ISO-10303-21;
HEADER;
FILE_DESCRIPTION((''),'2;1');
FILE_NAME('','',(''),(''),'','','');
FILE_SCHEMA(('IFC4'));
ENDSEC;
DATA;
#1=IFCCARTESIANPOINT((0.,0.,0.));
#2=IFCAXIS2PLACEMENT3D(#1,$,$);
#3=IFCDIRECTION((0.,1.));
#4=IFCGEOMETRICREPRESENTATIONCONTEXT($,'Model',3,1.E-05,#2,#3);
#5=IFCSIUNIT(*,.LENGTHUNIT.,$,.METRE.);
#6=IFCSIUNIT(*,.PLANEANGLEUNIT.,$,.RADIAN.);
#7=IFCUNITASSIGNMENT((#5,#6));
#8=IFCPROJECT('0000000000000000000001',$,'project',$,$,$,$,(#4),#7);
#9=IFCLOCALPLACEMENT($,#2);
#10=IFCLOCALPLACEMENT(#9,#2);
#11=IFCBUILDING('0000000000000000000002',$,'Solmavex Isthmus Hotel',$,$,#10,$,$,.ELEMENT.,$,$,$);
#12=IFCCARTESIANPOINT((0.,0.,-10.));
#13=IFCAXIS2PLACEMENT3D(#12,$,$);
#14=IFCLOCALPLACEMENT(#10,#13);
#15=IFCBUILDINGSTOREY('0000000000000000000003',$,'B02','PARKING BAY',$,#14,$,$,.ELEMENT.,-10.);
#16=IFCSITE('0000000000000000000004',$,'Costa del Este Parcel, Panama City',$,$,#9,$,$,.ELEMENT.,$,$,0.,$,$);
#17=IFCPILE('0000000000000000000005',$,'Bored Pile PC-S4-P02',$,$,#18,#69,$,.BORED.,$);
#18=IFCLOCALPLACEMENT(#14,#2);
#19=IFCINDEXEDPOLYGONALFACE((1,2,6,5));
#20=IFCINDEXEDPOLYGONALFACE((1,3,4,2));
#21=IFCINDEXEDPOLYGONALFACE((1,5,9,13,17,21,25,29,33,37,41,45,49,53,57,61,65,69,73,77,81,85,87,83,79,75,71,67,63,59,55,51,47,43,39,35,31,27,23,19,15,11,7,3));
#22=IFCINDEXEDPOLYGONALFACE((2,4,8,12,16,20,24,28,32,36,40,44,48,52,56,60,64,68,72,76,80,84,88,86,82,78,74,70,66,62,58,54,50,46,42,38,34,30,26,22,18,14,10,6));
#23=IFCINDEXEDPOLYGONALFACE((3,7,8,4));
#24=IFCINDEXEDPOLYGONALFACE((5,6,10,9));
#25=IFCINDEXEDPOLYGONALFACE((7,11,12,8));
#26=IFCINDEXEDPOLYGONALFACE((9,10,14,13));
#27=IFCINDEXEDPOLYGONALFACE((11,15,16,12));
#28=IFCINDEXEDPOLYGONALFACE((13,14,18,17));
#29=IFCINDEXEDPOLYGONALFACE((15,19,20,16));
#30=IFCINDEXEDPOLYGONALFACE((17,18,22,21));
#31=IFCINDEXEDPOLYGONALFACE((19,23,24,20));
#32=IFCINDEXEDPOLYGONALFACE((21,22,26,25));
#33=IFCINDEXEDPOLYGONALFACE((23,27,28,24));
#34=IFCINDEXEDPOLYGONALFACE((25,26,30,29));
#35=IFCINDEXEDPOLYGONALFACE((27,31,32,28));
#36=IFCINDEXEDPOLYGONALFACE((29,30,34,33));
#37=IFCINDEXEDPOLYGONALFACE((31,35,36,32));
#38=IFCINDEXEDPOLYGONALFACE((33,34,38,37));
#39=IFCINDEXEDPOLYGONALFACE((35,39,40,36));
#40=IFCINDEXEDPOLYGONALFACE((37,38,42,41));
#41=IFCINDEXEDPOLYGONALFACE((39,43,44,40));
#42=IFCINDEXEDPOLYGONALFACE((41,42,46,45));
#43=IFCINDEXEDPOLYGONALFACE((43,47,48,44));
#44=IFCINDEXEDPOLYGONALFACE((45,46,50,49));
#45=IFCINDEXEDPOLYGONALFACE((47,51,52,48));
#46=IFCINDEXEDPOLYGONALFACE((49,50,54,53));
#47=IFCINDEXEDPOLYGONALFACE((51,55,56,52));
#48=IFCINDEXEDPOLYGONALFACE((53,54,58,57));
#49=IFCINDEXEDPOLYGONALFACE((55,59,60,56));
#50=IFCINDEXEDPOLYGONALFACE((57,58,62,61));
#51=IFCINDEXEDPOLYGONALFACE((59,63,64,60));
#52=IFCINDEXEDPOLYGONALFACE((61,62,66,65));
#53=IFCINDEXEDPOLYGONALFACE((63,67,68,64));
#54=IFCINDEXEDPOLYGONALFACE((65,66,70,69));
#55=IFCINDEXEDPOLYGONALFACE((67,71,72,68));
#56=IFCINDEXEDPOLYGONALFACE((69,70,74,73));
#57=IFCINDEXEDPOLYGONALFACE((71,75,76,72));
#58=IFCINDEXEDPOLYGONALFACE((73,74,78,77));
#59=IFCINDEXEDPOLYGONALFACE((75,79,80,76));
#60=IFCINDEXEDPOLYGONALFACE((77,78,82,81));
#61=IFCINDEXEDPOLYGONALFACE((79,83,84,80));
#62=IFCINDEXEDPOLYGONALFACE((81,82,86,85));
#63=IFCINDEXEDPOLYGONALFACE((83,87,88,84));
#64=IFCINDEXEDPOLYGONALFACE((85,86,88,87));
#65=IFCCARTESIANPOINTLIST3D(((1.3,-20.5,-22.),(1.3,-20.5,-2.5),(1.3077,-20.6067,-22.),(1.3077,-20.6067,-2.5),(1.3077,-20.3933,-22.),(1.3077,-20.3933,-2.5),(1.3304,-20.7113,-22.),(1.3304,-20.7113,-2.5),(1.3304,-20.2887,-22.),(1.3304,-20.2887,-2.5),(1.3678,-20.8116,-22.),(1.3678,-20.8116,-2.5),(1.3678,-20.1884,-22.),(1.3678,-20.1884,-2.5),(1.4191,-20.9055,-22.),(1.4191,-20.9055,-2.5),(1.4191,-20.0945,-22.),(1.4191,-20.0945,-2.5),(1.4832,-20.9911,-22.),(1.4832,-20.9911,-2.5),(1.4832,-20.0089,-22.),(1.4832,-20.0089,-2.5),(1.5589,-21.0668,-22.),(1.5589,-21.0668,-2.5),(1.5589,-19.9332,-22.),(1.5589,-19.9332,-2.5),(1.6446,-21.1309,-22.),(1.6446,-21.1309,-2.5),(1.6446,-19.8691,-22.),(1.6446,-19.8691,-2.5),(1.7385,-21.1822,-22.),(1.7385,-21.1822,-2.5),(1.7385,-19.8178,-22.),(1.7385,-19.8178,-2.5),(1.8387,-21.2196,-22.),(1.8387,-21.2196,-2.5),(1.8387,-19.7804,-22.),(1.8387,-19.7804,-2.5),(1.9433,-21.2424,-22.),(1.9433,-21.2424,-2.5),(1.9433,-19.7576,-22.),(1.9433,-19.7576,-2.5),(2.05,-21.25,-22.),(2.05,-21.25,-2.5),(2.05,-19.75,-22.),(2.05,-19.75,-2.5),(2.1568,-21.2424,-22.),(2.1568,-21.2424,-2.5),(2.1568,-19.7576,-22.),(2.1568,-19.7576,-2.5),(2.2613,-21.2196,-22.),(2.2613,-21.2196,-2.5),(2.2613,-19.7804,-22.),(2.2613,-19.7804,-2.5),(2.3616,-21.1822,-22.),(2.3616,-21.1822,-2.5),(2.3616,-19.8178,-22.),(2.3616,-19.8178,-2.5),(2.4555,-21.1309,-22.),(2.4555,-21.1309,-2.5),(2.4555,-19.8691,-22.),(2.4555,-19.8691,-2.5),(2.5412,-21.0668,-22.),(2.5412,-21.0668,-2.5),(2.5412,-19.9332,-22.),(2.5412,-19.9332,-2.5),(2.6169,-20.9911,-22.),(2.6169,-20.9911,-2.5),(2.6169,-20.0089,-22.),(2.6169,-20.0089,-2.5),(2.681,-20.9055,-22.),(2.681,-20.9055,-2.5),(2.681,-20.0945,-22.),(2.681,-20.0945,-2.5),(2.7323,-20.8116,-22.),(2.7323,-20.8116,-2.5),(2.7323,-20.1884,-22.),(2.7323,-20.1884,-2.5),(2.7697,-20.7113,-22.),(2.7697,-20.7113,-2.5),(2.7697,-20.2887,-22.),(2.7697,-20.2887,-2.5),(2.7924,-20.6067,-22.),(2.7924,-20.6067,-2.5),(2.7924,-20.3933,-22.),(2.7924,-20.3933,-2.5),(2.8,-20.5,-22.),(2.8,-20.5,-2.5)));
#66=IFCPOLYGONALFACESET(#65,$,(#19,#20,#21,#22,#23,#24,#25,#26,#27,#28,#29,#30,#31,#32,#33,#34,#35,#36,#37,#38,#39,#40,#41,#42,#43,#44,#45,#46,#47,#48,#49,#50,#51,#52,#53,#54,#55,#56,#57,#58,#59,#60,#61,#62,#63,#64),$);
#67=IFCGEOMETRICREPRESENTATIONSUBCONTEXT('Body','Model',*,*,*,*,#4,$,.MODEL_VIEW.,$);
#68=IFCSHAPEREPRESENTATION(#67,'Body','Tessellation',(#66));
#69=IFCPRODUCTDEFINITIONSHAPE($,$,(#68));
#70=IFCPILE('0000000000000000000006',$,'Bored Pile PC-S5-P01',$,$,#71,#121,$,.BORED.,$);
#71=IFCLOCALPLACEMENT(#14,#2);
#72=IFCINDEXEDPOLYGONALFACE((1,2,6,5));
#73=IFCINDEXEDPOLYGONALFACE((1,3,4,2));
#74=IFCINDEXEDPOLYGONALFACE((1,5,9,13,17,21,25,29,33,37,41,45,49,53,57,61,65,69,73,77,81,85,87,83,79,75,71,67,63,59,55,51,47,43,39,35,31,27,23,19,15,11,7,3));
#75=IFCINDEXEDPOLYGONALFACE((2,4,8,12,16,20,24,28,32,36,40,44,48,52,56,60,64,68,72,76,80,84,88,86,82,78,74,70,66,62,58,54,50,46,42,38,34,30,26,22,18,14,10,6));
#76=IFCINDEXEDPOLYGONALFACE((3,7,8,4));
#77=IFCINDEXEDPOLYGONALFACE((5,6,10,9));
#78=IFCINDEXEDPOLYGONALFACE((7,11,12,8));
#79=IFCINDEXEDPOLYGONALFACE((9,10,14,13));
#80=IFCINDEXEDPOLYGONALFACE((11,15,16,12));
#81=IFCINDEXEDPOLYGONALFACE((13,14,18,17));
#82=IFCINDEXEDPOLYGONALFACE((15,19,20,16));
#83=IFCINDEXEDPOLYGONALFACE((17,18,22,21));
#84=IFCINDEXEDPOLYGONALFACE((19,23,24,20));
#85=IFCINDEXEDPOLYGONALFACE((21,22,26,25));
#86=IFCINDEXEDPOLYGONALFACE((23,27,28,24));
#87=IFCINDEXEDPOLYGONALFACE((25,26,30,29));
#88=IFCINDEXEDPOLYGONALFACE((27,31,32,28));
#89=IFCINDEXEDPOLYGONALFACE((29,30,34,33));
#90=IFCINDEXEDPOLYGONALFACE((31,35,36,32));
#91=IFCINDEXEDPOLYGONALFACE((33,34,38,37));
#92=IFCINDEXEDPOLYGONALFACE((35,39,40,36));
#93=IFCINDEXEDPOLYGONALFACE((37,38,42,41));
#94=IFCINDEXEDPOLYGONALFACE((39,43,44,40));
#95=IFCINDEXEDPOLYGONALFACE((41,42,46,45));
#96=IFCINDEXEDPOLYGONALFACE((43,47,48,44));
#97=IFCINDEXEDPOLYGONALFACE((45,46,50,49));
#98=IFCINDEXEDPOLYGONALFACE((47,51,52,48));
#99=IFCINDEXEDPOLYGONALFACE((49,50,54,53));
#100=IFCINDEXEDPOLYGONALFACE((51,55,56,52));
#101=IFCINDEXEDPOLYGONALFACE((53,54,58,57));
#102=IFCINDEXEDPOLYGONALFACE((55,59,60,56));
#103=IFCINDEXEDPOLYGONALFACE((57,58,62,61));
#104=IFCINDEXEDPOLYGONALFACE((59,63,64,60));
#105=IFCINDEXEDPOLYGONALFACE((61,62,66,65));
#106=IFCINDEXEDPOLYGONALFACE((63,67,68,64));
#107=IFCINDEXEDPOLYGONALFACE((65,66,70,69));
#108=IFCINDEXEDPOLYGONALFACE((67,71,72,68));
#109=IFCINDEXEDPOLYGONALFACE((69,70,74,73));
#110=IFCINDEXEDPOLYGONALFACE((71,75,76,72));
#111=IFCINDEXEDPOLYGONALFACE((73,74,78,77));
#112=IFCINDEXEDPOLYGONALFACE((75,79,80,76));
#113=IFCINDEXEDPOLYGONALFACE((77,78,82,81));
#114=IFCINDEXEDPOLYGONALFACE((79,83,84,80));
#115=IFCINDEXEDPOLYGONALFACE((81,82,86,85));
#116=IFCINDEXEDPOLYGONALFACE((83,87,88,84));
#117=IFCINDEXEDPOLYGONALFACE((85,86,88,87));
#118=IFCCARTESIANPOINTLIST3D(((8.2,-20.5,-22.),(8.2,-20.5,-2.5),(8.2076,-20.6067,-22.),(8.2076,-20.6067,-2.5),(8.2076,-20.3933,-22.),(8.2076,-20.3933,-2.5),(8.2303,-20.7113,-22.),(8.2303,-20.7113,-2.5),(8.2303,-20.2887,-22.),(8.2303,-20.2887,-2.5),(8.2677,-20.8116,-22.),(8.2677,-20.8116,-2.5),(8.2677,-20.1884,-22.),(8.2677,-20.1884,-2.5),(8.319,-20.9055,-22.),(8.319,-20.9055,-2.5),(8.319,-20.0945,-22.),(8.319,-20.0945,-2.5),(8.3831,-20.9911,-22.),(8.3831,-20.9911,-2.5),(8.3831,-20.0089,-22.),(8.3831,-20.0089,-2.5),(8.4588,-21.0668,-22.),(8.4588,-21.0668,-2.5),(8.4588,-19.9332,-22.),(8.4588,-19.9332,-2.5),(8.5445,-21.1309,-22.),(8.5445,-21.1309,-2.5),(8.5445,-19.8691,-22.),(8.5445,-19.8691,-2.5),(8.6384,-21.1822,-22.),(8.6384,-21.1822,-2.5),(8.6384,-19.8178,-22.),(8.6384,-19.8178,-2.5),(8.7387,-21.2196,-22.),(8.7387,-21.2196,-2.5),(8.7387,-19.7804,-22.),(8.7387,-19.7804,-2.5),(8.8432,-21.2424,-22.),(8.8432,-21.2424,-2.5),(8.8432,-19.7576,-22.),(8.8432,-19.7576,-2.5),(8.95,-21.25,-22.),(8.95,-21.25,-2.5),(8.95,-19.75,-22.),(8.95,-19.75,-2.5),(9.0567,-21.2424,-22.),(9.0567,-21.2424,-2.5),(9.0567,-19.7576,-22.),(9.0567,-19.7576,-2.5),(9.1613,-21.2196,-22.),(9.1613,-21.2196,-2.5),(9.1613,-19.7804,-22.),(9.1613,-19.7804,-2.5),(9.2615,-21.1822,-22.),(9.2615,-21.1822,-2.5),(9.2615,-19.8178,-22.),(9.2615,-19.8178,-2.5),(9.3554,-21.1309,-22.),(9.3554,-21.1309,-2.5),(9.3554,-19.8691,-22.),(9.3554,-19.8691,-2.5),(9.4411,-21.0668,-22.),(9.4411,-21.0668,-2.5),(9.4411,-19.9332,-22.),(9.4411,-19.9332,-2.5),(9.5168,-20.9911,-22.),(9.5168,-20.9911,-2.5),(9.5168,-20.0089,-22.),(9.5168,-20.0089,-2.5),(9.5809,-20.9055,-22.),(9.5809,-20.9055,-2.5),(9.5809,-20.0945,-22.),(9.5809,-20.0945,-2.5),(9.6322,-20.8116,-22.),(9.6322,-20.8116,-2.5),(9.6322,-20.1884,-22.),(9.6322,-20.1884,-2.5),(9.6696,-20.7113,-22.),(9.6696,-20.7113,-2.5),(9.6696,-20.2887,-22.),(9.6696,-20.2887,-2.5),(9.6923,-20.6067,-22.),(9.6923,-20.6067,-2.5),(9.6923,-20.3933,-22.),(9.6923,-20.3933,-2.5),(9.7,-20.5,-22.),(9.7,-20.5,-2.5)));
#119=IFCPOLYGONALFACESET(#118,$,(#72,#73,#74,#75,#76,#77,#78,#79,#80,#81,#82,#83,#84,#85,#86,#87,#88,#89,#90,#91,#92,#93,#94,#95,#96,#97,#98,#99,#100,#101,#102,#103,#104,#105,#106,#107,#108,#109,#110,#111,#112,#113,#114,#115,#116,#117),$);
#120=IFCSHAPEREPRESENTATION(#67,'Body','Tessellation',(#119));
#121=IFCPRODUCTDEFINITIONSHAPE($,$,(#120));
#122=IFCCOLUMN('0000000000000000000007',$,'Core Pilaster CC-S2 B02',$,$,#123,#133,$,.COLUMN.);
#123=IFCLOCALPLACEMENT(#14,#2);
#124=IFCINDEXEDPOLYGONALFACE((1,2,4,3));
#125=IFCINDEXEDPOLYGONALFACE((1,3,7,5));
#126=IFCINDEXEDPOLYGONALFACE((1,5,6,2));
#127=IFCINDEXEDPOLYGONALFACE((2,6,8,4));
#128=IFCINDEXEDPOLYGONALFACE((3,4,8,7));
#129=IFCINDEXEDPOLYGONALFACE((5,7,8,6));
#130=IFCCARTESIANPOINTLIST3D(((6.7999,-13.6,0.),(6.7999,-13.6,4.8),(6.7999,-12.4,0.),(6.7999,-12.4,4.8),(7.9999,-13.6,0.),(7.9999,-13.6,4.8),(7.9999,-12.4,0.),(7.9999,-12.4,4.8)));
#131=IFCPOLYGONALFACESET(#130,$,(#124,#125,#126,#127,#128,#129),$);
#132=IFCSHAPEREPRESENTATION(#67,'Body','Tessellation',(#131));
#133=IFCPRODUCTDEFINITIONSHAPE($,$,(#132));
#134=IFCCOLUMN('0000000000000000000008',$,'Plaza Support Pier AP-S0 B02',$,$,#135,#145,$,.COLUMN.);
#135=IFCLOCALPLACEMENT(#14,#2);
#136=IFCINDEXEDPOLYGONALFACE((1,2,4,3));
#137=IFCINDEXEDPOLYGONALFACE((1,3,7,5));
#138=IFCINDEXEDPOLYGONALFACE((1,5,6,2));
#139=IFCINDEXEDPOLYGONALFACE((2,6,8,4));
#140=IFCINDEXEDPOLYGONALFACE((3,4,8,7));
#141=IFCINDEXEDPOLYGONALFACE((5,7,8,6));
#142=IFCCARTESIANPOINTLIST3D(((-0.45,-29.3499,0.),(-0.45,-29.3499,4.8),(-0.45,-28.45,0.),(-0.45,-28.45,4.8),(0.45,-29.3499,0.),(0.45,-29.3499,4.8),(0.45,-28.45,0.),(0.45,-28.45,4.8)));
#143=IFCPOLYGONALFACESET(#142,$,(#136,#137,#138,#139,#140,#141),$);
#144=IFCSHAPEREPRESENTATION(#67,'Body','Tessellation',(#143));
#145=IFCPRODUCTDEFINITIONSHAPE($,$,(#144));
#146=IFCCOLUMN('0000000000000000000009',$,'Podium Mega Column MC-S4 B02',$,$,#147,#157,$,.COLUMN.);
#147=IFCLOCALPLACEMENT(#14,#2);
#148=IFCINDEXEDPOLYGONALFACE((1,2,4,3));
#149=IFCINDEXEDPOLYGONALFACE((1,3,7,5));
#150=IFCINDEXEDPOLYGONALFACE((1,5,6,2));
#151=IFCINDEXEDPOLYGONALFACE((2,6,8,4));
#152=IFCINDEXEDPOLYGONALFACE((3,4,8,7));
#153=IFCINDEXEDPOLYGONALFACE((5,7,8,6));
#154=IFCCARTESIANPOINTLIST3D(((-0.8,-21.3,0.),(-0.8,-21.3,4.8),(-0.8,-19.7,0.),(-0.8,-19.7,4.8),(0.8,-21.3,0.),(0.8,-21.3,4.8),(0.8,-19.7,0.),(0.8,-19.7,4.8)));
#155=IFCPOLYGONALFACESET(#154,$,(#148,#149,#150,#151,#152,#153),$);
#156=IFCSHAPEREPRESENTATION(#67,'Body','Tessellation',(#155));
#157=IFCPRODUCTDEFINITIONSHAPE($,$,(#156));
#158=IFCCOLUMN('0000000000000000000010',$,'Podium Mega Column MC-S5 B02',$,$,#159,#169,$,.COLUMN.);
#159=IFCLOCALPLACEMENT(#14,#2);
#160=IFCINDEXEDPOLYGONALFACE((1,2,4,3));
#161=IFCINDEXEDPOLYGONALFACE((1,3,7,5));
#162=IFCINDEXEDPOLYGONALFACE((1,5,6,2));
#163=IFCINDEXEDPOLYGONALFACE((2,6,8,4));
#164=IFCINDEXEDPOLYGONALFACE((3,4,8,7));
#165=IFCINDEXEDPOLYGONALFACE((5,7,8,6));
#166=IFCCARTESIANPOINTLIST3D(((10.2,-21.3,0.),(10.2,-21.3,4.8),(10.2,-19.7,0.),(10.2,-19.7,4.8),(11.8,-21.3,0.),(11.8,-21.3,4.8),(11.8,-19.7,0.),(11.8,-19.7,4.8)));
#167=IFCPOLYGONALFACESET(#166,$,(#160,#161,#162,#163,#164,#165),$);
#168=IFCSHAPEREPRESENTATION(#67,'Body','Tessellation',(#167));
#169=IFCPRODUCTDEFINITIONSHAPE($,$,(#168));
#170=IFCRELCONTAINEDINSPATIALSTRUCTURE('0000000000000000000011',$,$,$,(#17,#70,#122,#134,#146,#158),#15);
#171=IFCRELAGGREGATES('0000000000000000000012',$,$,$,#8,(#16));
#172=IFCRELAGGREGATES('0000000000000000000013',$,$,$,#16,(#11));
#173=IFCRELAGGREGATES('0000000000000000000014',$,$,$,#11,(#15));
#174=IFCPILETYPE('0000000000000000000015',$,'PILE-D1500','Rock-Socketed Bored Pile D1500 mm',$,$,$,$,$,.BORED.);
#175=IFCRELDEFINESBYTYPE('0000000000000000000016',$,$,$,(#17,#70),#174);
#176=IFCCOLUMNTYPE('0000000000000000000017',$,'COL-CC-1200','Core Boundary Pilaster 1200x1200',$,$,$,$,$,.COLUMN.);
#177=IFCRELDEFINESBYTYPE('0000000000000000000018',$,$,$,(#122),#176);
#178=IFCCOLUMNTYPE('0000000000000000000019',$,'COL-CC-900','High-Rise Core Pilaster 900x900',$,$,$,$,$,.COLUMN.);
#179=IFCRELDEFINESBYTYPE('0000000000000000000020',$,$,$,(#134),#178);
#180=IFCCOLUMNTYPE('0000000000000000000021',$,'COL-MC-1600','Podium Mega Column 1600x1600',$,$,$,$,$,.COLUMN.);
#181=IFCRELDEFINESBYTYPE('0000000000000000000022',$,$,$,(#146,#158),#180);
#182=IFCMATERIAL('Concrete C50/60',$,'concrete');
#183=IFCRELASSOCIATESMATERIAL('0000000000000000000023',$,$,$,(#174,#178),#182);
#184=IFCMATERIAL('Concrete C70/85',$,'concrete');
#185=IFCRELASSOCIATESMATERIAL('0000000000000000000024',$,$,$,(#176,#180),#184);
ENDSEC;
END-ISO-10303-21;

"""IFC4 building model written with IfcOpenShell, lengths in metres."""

from ifc_helpers import new_model, si_unit, direction, frame, origin, origin_2d, place, context, subcontext, project, spatial, rectangle, circle, extrude, material, material_profile, profile_set, type_object, element, save


model = new_model("IFC4")

# Units and contexts
model_context = context("Model", 3, precision=1e-05, world=origin(), true_north=direction((0.0, 1.0)))
body_context = subcontext(model_context, "Body", "Model", "MODEL_VIEW")
ifc_project = project(units=[si_unit("LENGTHUNIT", "METRE"), si_unit("PLANEANGLEUNIT", "RADIAN")], contexts=[model_context])

# Site, building, storey
site_placement = place(None, origin())
site = spatial("IfcSite", under=ifc_project, at=site_placement, Name="Costa del Este Parcel, Panama City", CompositionType="ELEMENT", RefElevation=0.0)
building_placement = place(site_placement, origin())
building = spatial("IfcBuilding", under=site, at=building_placement, Name="Solmavex Isthmus Hotel", CompositionType="ELEMENT")
storey_placement = place(building_placement, frame((0.0, 0.0, -10.0)))
storey = spatial("IfcBuildingStorey", under=building, at=storey_placement, Name="B02", Description="PARKING BAY", CompositionType="ELEMENT", Elevation=-10.0)

# Shared definitions
ifc_material_1 = material(Name="Concrete C50/60", Category="concrete")

# Piles
ifc_material_profile_1 = material_profile(ifc_material_1, circle(Radius=0.75, at=origin_2d()), Name="PILE1500")
ifc_profile_set_1 = profile_set([ifc_material_profile_1], Name="Concrete C50/60")
pile_type = type_object("IfcPileType", Name="PILE-D1500", Description="Rock-Socketed Bored Pile D1500 mm", PredefinedType="BORED", material=ifc_profile_set_1)
for number, where, z_axis, x_axis, name in (
    (1, (2.05, -20.5, -2.5), (0.0, 0.0, -1.0), (1.0, 0.0, 0.0), "Bored Pile PC-S4-P02"),
    (2, (8.95, -20.5, -2.5), (0.0, 0.0, -1.0), (1.0, 0.0, 0.0), "Bored Pile PC-S5-P01"),
):
    element("IfcPile", number, at=place(storey_placement, frame(where, z_axis=z_axis, x_axis=x_axis)), inside=storey, type_object=pile_type, Name=name, PredefinedType="BORED", context=body_context, shape_type="SweptSolid", body=[
        extrude(circle(Radius=0.75, at=origin_2d()), origin(), (0.0, 0.0, 1.0), 19.5),
    ])

# Columns
ifc_material_2 = material(Name="Concrete C70/85", Category="concrete")
ifc_material_profile_2 = material_profile(ifc_material_2, rectangle(XDim=1.2, YDim=1.2, at=origin_2d()), Name="RC1200X1200")
ifc_profile_set_2 = profile_set([ifc_material_profile_2], Name="Concrete C70/85")
column_type_1 = type_object("IfcColumnType", Name="COL-CC-1200", Description="Core Boundary Pilaster 1200x1200", PredefinedType="COLUMN", material=ifc_profile_set_2)
column_1_placement = place(storey_placement, frame((7.3999, -13.0, 0.0), z_axis=(0.0, 0.0, 1.0), x_axis=(1.0, 0.0, 0.0)))
element("IfcColumn", 3, at=column_1_placement, inside=storey, type_object=column_type_1, Name="Core Pilaster CC-S2 B02", PredefinedType="COLUMN", context=body_context, shape_type="SweptSolid", body=[
    extrude(rectangle(XDim=1.2, YDim=1.2, at=origin_2d()), origin(), (0.0, 0.0, 1.0), 4.8),
])
ifc_material_profile_3 = material_profile(ifc_material_1, rectangle(XDim=0.8999, YDim=0.8999, at=origin_2d()), Name="RC900X900")
ifc_profile_set_3 = profile_set([ifc_material_profile_3], Name="Concrete C50/60")
column_type_2 = type_object("IfcColumnType", Name="COL-CC-900", Description="High-Rise Core Pilaster 900x900", PredefinedType="COLUMN", material=ifc_profile_set_3)
column_2_placement = place(storey_placement, frame((0.0, -28.8999, 0.0), z_axis=(0.0, 0.0, 1.0), x_axis=(1.0, 0.0, 0.0)))
element("IfcColumn", 4, at=column_2_placement, inside=storey, type_object=column_type_2, Name="Plaza Support Pier AP-S0 B02", PredefinedType="COLUMN", context=body_context, shape_type="SweptSolid", body=[
    extrude(rectangle(XDim=0.8999, YDim=0.8999, at=origin_2d()), origin(), (0.0, 0.0, 1.0), 4.8),
])
ifc_material_profile_4 = material_profile(ifc_material_2, rectangle(XDim=1.6001, YDim=1.6001, at=origin_2d()), Name="RC1600X1600")
ifc_profile_set_4 = profile_set([ifc_material_profile_4], Name="Concrete C70/85")
column_type_3 = type_object("IfcColumnType", Name="COL-MC-1600", Description="Podium Mega Column 1600x1600", PredefinedType="COLUMN", material=ifc_profile_set_4)
for number, where, z_axis, x_axis, name in (
    (5, (0.0, -20.5, 0.0), (0.0, 0.0, 1.0), (1.0, 0.0, 0.0), "Podium Mega Column MC-S4 B02"),
    (6, (11.0, -20.5, 0.0), (0.0, 0.0, 1.0), (1.0, 0.0, 0.0), "Podium Mega Column MC-S5 B02"),
):
    element("IfcColumn", number, at=place(storey_placement, frame(where, z_axis=z_axis, x_axis=x_axis)), inside=storey, type_object=column_type_3, Name=name, PredefinedType="COLUMN", context=body_context, shape_type="SweptSolid", body=[
        extrude(rectangle(XDim=1.6001, YDim=1.6001, at=origin_2d()), origin(), (0.0, 0.0, 1.0), 4.8),
    ])

save(model, "model.ifc")
